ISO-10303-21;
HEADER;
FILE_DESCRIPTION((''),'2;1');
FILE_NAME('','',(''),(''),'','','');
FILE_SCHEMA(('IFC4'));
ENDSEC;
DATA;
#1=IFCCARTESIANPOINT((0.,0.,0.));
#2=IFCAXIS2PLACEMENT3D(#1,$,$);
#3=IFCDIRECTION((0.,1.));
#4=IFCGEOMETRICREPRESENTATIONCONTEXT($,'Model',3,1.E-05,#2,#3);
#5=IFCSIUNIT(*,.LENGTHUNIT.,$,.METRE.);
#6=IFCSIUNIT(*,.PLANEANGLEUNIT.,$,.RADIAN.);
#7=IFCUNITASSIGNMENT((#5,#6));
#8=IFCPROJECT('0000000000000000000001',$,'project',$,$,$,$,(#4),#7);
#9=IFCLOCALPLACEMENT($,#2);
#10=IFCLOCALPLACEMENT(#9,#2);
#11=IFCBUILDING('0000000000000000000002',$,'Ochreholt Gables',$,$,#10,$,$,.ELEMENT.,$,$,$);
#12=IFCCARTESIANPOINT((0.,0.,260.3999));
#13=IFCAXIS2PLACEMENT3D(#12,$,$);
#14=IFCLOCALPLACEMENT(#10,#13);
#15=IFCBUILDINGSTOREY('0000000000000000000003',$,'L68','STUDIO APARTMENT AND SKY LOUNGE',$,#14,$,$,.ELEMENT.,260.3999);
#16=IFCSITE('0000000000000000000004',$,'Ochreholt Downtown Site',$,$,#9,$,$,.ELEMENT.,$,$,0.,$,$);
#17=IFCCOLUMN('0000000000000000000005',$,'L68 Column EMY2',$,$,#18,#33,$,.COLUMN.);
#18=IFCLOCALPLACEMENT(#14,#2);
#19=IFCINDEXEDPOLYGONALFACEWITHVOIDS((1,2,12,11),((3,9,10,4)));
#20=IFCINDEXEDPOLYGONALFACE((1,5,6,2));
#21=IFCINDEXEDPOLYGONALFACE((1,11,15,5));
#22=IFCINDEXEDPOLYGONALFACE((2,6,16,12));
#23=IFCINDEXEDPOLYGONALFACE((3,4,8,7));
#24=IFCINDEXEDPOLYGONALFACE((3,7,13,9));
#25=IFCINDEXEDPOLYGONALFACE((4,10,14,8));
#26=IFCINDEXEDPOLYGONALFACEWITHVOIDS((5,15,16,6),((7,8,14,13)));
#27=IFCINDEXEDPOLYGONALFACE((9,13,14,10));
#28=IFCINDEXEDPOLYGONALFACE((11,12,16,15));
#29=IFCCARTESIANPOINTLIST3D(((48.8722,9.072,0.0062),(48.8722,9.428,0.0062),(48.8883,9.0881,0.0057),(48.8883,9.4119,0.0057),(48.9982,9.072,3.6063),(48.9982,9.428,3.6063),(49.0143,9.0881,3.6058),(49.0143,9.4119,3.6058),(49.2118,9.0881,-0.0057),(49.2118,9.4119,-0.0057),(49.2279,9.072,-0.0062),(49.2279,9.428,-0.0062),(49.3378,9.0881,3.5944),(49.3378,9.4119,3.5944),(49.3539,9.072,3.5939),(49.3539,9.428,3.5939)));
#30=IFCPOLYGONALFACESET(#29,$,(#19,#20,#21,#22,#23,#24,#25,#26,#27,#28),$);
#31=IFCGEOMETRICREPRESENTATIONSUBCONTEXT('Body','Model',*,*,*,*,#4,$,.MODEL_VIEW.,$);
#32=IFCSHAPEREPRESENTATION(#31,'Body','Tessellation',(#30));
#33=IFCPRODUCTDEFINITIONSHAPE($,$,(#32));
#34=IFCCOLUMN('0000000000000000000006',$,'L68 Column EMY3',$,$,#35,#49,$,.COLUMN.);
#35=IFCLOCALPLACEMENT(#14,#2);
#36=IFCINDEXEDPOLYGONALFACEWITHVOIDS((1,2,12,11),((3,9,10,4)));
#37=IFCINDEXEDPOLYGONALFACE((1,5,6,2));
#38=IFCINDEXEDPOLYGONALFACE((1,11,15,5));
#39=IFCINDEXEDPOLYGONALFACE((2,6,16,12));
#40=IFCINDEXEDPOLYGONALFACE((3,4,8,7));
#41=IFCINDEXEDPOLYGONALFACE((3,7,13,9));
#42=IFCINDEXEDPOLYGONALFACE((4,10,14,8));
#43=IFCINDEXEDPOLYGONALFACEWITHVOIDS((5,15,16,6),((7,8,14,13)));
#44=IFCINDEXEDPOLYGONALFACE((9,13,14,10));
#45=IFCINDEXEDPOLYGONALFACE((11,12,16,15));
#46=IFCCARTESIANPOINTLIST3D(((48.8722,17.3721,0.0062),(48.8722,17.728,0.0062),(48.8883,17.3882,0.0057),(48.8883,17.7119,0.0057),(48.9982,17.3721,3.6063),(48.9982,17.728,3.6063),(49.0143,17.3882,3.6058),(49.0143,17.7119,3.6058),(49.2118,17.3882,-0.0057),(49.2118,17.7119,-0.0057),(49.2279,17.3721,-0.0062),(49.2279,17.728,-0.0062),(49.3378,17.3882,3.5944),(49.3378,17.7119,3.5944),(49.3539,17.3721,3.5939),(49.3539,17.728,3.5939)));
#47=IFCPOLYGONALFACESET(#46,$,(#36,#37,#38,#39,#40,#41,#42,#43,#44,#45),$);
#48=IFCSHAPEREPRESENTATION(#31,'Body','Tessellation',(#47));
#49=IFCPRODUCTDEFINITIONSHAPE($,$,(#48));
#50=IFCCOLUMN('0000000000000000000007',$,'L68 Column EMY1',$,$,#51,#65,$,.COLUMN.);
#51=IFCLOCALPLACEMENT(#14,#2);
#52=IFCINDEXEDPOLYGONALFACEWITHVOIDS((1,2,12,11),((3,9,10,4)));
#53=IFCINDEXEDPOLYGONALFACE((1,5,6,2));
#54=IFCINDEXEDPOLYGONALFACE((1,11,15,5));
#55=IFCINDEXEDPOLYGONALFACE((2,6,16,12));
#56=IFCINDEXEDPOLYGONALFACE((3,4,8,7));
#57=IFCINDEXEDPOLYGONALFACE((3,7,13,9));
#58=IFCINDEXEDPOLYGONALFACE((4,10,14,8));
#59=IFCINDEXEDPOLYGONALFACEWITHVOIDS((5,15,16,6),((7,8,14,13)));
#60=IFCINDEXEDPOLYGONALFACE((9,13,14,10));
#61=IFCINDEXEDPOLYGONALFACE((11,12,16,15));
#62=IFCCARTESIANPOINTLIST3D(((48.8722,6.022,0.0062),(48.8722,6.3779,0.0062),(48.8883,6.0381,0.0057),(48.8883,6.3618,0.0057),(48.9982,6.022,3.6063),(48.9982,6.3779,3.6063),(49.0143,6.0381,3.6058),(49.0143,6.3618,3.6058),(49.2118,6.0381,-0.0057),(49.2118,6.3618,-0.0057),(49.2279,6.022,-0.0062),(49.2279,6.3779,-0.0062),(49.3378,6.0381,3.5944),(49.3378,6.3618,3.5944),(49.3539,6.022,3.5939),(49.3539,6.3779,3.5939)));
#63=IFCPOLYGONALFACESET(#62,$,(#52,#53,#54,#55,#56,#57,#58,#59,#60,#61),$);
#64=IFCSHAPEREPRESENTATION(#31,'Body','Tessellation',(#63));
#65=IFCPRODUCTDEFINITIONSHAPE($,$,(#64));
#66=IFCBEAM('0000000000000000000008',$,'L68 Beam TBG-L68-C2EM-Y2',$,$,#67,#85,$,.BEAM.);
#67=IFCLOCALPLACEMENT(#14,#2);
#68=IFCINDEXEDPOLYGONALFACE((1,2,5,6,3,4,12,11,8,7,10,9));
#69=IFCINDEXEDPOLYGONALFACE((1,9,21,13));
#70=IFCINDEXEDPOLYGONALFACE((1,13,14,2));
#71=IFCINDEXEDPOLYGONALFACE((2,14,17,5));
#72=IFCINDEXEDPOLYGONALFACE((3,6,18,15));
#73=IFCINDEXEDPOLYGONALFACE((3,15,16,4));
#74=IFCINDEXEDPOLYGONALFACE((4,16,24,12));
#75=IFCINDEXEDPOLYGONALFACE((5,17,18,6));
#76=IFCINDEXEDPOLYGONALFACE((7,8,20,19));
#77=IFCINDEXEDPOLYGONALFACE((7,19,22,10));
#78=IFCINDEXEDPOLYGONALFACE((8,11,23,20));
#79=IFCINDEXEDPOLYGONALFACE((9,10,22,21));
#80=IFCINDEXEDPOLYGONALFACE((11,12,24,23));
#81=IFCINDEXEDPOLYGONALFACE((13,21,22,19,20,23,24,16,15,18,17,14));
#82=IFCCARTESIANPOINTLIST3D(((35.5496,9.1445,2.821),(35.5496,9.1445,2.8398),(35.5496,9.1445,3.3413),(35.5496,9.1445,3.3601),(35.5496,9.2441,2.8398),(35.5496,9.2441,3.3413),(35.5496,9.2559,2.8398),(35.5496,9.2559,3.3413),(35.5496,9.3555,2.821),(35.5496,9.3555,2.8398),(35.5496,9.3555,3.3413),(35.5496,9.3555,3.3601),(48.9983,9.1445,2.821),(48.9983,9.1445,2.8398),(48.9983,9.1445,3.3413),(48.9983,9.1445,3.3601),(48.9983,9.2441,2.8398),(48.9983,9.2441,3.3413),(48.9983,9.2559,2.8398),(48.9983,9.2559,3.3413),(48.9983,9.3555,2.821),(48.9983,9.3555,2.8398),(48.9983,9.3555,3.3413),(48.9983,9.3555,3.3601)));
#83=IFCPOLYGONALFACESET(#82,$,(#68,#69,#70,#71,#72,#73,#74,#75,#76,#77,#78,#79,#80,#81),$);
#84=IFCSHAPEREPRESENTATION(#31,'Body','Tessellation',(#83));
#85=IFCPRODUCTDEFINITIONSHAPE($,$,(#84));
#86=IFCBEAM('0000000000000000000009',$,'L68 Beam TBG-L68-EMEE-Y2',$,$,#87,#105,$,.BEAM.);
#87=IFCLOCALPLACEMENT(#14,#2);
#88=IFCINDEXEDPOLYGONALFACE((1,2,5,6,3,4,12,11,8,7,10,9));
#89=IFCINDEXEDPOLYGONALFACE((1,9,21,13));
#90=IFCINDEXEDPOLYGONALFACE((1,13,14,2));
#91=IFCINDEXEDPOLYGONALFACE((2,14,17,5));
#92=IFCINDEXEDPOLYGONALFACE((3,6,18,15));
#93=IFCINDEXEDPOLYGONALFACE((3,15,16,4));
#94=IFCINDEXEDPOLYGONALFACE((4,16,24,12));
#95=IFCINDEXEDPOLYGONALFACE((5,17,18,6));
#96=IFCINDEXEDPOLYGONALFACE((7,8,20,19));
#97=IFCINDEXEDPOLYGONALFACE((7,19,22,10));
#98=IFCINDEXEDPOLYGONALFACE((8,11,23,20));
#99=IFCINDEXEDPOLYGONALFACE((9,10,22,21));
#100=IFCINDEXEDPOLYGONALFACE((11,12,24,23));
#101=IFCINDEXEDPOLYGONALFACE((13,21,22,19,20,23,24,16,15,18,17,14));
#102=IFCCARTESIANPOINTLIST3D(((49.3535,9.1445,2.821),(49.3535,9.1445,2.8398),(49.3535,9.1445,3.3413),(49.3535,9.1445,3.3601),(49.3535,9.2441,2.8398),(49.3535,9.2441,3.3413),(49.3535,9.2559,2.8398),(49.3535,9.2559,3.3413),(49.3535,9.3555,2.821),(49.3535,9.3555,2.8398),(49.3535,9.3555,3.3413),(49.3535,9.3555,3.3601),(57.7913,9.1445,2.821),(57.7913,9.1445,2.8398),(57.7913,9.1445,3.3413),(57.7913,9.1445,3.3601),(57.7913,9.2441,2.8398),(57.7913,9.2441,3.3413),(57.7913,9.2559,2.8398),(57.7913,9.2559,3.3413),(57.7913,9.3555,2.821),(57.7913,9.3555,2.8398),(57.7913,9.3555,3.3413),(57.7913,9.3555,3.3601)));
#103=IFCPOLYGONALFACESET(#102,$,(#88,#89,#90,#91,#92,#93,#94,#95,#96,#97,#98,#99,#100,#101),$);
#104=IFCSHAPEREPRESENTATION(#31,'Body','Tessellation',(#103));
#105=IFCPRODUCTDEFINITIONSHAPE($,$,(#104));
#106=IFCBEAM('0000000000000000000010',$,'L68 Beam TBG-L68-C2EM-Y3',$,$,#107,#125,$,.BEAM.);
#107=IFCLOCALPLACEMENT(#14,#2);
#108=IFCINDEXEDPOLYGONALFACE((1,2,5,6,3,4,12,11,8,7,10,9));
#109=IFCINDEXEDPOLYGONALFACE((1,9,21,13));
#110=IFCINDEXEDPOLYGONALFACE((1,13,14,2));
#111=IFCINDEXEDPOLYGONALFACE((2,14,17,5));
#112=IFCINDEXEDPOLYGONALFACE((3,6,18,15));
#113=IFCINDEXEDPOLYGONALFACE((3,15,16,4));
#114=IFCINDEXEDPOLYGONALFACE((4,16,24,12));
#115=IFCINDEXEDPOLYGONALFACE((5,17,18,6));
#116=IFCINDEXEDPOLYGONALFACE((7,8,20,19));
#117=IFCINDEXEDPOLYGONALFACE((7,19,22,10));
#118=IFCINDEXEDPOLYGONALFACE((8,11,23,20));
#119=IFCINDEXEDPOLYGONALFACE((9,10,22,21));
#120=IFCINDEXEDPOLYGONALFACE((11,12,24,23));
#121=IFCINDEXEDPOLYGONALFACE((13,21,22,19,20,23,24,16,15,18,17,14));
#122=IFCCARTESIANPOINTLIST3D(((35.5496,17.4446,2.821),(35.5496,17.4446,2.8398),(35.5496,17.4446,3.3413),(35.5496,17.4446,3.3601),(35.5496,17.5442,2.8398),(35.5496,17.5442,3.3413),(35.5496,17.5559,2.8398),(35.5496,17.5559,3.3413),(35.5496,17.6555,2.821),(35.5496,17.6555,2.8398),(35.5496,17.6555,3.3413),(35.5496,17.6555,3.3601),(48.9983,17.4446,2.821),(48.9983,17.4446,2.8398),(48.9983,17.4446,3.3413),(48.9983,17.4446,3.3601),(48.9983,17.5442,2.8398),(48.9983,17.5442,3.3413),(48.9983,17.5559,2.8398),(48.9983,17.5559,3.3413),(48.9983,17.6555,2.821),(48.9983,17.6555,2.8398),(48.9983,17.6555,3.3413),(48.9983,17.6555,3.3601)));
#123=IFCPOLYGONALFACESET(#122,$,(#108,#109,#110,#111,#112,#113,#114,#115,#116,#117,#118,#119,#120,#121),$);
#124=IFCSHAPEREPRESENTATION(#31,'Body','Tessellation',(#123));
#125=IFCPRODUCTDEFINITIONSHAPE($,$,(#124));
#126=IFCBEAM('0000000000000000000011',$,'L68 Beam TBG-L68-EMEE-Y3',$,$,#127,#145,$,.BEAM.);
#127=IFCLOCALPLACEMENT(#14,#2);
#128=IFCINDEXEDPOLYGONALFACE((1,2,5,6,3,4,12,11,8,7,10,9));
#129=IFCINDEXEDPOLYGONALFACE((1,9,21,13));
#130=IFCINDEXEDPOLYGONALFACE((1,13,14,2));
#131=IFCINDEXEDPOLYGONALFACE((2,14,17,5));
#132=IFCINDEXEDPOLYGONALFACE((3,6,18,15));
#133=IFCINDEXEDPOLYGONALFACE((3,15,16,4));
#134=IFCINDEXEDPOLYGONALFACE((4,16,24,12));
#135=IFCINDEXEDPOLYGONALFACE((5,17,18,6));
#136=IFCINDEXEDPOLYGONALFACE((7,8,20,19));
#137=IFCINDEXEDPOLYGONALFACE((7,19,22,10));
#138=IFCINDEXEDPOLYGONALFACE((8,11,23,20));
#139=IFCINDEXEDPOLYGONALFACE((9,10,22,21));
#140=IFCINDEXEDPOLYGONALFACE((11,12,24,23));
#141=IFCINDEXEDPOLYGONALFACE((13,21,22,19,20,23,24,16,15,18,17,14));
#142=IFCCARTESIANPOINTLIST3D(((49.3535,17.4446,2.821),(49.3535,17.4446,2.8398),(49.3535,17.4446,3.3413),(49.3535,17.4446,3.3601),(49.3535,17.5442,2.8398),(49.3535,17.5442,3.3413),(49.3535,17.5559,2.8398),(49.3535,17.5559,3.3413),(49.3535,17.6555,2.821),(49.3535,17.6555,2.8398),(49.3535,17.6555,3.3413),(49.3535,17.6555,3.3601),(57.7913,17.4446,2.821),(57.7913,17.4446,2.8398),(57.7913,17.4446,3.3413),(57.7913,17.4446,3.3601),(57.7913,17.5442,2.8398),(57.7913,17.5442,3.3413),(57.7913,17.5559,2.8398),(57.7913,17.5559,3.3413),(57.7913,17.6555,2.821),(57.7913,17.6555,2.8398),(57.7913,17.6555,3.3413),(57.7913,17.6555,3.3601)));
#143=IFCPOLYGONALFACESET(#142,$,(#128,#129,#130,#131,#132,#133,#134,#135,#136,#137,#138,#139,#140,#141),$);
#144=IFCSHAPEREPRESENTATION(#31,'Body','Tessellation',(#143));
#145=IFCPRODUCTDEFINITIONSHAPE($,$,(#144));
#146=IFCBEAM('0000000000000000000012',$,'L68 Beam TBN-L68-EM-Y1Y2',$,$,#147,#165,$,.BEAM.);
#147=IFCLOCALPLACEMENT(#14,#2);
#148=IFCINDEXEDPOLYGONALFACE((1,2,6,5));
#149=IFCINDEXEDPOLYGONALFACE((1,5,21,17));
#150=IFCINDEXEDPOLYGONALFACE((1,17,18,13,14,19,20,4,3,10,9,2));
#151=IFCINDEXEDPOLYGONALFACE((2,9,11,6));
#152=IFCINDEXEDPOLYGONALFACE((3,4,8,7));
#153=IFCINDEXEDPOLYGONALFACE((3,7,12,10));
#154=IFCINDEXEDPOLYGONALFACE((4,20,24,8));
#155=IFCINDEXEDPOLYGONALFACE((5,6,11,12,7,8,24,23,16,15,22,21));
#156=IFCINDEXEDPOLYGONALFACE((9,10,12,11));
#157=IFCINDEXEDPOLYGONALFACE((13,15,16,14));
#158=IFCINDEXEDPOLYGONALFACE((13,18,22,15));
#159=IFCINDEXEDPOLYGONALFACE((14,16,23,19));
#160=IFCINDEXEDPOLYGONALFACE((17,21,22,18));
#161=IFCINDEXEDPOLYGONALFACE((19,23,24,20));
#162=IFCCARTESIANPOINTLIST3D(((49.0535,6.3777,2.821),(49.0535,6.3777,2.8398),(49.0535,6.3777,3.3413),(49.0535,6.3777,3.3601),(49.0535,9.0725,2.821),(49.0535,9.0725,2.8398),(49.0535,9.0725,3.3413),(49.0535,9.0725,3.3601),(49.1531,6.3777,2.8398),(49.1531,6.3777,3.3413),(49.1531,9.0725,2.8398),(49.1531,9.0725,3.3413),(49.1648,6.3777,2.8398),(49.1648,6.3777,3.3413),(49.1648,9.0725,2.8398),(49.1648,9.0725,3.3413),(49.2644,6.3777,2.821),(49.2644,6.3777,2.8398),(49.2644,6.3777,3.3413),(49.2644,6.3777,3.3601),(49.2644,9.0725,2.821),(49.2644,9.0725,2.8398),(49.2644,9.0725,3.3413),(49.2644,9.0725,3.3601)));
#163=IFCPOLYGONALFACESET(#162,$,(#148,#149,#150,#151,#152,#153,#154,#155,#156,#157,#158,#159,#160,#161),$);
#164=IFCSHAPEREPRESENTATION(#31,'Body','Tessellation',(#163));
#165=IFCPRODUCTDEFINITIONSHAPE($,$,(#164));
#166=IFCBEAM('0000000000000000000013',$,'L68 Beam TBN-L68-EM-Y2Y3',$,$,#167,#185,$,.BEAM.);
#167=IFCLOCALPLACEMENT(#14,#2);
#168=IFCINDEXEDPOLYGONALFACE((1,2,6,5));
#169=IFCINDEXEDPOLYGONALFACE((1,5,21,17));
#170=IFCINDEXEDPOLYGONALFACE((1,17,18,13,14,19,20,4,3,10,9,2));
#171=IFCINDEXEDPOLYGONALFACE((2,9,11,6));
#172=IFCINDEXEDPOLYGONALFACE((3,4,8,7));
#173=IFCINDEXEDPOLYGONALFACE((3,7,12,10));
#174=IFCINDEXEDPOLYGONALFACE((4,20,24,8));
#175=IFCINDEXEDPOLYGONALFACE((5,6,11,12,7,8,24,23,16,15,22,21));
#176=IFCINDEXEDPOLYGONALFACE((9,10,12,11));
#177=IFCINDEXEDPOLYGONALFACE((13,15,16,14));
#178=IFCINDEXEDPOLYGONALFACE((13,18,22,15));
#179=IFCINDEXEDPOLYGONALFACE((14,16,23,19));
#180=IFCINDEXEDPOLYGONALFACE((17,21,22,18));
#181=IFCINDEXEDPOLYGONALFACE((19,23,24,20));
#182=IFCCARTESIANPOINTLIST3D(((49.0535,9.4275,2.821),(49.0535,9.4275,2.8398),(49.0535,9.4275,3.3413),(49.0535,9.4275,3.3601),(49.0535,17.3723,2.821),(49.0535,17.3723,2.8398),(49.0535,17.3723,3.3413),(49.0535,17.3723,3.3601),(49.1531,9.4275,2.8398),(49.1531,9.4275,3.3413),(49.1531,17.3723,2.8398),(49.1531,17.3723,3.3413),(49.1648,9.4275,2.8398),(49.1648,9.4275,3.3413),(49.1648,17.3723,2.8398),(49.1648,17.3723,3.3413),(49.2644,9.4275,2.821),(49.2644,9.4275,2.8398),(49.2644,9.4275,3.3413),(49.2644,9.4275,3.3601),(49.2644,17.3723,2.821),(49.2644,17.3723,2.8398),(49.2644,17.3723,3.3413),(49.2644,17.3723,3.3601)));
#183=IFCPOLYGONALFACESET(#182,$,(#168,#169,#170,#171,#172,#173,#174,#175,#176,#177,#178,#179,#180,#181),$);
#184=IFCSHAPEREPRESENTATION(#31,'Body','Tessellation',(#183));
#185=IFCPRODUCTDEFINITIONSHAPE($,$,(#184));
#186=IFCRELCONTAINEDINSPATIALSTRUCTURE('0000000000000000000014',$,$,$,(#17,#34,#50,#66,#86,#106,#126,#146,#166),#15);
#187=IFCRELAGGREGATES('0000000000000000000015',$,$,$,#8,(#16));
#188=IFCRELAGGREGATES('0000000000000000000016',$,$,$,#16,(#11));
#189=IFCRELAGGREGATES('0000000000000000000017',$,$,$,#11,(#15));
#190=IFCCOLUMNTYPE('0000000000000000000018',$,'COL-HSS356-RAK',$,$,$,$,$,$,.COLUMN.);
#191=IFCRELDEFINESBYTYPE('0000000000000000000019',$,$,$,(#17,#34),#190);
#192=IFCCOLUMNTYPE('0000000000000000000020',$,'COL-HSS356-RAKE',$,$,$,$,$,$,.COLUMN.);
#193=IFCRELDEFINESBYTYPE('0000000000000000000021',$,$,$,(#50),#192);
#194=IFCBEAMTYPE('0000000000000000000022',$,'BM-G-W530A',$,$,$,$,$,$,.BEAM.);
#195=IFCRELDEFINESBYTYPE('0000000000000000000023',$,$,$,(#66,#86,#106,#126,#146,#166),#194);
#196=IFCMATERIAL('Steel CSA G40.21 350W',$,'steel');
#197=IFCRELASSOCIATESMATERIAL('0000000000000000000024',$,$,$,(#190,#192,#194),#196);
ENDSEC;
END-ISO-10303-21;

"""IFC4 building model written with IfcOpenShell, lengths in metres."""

from ifc_helpers import new_model, si_unit, direction, frame, origin, origin_2d, place, context, subcontext, project, spatial, hollow_rectangle, i_section, extrude, material, material_profile, profile_set, type_object, element, save


model = new_model("IFC4")

# Units and contexts
model_context = context("Model", 3, precision=1e-05, world=origin(), true_north=direction((0.0, 1.0)))
body_context = subcontext(model_context, "Body", "Model", "MODEL_VIEW")
ifc_project = project(units=[si_unit("LENGTHUNIT", "METRE"), si_unit("PLANEANGLEUNIT", "RADIAN")], contexts=[model_context])

# Site, building, storey
site_placement = place(None, origin())
site = spatial("IfcSite", under=ifc_project, at=site_placement, Name="Ochreholt Downtown Site", CompositionType="ELEMENT", RefElevation=0.0)
building_placement = place(site_placement, origin())
building = spatial("IfcBuilding", under=site, at=building_placement, Name="Ochreholt Gables", CompositionType="ELEMENT")
storey_placement = place(building_placement, frame((0.0, 0.0, 260.3999)))
storey = spatial("IfcBuildingStorey", under=building, at=storey_placement, Name="L68", Description="STUDIO APARTMENT AND SKY LOUNGE", CompositionType="ELEMENT", Elevation=260.3999)

# Columns
ifc_material_1 = material(Name="Steel CSA G40.21 350W", Category="steel")
ifc_material_profile_1 = material_profile(ifc_material_1, hollow_rectangle(XDim=0.356, YDim=0.356, WallThickness=0.0161, at=origin_2d()), Name="HSS356X356X16")
ifc_profile_set_1 = profile_set([ifc_material_profile_1], Name="Steel CSA G40.21 350W")
column_type_1 = type_object("IfcColumnType", Name="COL-HSS356-RAK", PredefinedType="COLUMN", material=ifc_profile_set_1)
for number, where, z_axis, x_axis, name in (
    (1, (49.05, 9.25, 0.0), (0.034971, 0.0, 0.999388), (0.0, 1.0, 0.0), "L68 Column EMY2"),
    (2, (49.05, 17.55, 0.0), (0.034971, 0.0, 0.999388), (0.0, 1.0, 0.0), "L68 Column EMY3"),
):
    element("IfcColumn", number, at=place(storey_placement, frame(where, z_axis=z_axis, x_axis=x_axis)), inside=storey, type_object=column_type_1, Name=name, PredefinedType="COLUMN", context=body_context, shape_type="SweptSolid", body=[
        extrude(hollow_rectangle(XDim=0.356, YDim=0.356, WallThickness=0.0161, at=origin_2d()), origin(), (0.0, 0.0, 1.0), 3.6023),
    ])
ifc_material_profile_2 = material_profile(ifc_material_1, hollow_rectangle(XDim=0.356, YDim=0.356, WallThickness=0.0161, at=origin_2d()), Name="HSS356X356X16")
ifc_profile_set_2 = profile_set([ifc_material_profile_2], Name="Steel CSA G40.21 350W")
column_type_2 = type_object("IfcColumnType", Name="COL-HSS356-RAKE", PredefinedType="COLUMN", material=ifc_profile_set_2)
column_placement = place(storey_placement, frame((49.05, 6.2, 0.0), z_axis=(0.034971, 0.0, 0.999388), x_axis=(0.0, 1.0, 0.0)))
element("IfcColumn", 3, at=column_placement, inside=storey, type_object=column_type_2, Name="L68 Column EMY1", PredefinedType="COLUMN", context=body_context, shape_type="SweptSolid", body=[
    extrude(hollow_rectangle(XDim=0.356, YDim=0.356, WallThickness=0.0161, at=origin_2d()), origin(), (0.0, 0.0, 1.0), 3.6023),
])

# Beams
ifc_material_profile_3 = material_profile(ifc_material_1, i_section(OverallWidth=0.2109, OverallDepth=0.5391, WebThickness=0.0117, FlangeThickness=0.0188, at=origin_2d()), Name="W530X109")
ifc_profile_set_3 = profile_set([ifc_material_profile_3], Name="Steel CSA G40.21 350W")
beam_type_1 = type_object("IfcBeamType", Name="BM-G-W530A", PredefinedType="BEAM", material=ifc_profile_set_3)
beam_1_placement = place(storey_placement, frame((35.5496, 9.25, 3.0906), z_axis=(1.0, 0.0, 0.0), x_axis=(0.0, 1.0, 0.0)))
element("IfcBeam", 4, at=beam_1_placement, inside=storey, type_object=beam_type_1, Name="L68 Beam TBG-L68-C2EM-Y2", PredefinedType="BEAM", context=body_context, shape_type="SweptSolid", body=[
    extrude(i_section(OverallWidth=0.2109, OverallDepth=0.5391, WebThickness=0.0117, FlangeThickness=0.0188, at=origin_2d()), origin(), (0.0, 0.0, 1.0), 13.4487),
])
beam_2_placement = place(storey_placement, frame((49.3535, 9.25, 3.0906), z_axis=(1.0, 0.0, 0.0), x_axis=(0.0, 1.0, 0.0)))
element("IfcBeam", 5, at=beam_2_placement, inside=storey, type_object=beam_type_1, Name="L68 Beam TBG-L68-EMEE-Y2", PredefinedType="BEAM", context=body_context, shape_type="SweptSolid", body=[
    extrude(i_section(OverallWidth=0.2109, OverallDepth=0.5391, WebThickness=0.0117, FlangeThickness=0.0188, at=origin_2d()), origin(), (0.0, 0.0, 1.0), 8.4377),
])
beam_3_placement = place(storey_placement, frame((35.5496, 17.55, 3.0906), z_axis=(1.0, 0.0, 0.0), x_axis=(0.0, 1.0, 0.0)))
element("IfcBeam", 6, at=beam_3_placement, inside=storey, type_object=beam_type_1, Name="L68 Beam TBG-L68-C2EM-Y3", PredefinedType="BEAM", context=body_context, shape_type="SweptSolid", body=[
    extrude(i_section(OverallWidth=0.2109, OverallDepth=0.5391, WebThickness=0.0117, FlangeThickness=0.0188, at=origin_2d()), origin(), (0.0, 0.0, 1.0), 13.4487),
])
beam_4_placement = place(storey_placement, frame((49.3535, 17.55, 3.0906), z_axis=(1.0, 0.0, 0.0), x_axis=(0.0, 1.0, 0.0)))
element("IfcBeam", 7, at=beam_4_placement, inside=storey, type_object=beam_type_1, Name="L68 Beam TBG-L68-EMEE-Y3", PredefinedType="BEAM", context=body_context, shape_type="SweptSolid", body=[
    extrude(i_section(OverallWidth=0.2109, OverallDepth=0.5391, WebThickness=0.0117, FlangeThickness=0.0188, at=origin_2d()), origin(), (0.0, 0.0, 1.0), 8.4377),
])
beam_5_placement = place(storey_placement, frame((49.1589, 6.3777, 3.0906), z_axis=(0.0, 1.0, 0.0), x_axis=(-1.0, 0.0, 0.0)))
element("IfcBeam", 8, at=beam_5_placement, inside=storey, type_object=beam_type_1, Name="L68 Beam TBN-L68-EM-Y1Y2", PredefinedType="BEAM", context=body_context, shape_type="SweptSolid", body=[
    extrude(i_section(OverallWidth=0.2109, OverallDepth=0.5391, WebThickness=0.0117, FlangeThickness=0.0188, at=origin_2d()), origin(), (0.0, 0.0, 1.0), 2.6948),
])
beam_6_placement = place(storey_placement, frame((49.1589, 9.4275, 3.0906), z_axis=(0.0, 1.0, 0.0), x_axis=(-1.0, 0.0, 0.0)))
element("IfcBeam", 9, at=beam_6_placement, inside=storey, type_object=beam_type_1, Name="L68 Beam TBN-L68-EM-Y2Y3", PredefinedType="BEAM", context=body_context, shape_type="SweptSolid", body=[
    extrude(i_section(OverallWidth=0.2109, OverallDepth=0.5391, WebThickness=0.0117, FlangeThickness=0.0188, at=origin_2d()), origin(), (0.0, 0.0, 1.0), 7.9448),
])

save(model, "model.ifc")
